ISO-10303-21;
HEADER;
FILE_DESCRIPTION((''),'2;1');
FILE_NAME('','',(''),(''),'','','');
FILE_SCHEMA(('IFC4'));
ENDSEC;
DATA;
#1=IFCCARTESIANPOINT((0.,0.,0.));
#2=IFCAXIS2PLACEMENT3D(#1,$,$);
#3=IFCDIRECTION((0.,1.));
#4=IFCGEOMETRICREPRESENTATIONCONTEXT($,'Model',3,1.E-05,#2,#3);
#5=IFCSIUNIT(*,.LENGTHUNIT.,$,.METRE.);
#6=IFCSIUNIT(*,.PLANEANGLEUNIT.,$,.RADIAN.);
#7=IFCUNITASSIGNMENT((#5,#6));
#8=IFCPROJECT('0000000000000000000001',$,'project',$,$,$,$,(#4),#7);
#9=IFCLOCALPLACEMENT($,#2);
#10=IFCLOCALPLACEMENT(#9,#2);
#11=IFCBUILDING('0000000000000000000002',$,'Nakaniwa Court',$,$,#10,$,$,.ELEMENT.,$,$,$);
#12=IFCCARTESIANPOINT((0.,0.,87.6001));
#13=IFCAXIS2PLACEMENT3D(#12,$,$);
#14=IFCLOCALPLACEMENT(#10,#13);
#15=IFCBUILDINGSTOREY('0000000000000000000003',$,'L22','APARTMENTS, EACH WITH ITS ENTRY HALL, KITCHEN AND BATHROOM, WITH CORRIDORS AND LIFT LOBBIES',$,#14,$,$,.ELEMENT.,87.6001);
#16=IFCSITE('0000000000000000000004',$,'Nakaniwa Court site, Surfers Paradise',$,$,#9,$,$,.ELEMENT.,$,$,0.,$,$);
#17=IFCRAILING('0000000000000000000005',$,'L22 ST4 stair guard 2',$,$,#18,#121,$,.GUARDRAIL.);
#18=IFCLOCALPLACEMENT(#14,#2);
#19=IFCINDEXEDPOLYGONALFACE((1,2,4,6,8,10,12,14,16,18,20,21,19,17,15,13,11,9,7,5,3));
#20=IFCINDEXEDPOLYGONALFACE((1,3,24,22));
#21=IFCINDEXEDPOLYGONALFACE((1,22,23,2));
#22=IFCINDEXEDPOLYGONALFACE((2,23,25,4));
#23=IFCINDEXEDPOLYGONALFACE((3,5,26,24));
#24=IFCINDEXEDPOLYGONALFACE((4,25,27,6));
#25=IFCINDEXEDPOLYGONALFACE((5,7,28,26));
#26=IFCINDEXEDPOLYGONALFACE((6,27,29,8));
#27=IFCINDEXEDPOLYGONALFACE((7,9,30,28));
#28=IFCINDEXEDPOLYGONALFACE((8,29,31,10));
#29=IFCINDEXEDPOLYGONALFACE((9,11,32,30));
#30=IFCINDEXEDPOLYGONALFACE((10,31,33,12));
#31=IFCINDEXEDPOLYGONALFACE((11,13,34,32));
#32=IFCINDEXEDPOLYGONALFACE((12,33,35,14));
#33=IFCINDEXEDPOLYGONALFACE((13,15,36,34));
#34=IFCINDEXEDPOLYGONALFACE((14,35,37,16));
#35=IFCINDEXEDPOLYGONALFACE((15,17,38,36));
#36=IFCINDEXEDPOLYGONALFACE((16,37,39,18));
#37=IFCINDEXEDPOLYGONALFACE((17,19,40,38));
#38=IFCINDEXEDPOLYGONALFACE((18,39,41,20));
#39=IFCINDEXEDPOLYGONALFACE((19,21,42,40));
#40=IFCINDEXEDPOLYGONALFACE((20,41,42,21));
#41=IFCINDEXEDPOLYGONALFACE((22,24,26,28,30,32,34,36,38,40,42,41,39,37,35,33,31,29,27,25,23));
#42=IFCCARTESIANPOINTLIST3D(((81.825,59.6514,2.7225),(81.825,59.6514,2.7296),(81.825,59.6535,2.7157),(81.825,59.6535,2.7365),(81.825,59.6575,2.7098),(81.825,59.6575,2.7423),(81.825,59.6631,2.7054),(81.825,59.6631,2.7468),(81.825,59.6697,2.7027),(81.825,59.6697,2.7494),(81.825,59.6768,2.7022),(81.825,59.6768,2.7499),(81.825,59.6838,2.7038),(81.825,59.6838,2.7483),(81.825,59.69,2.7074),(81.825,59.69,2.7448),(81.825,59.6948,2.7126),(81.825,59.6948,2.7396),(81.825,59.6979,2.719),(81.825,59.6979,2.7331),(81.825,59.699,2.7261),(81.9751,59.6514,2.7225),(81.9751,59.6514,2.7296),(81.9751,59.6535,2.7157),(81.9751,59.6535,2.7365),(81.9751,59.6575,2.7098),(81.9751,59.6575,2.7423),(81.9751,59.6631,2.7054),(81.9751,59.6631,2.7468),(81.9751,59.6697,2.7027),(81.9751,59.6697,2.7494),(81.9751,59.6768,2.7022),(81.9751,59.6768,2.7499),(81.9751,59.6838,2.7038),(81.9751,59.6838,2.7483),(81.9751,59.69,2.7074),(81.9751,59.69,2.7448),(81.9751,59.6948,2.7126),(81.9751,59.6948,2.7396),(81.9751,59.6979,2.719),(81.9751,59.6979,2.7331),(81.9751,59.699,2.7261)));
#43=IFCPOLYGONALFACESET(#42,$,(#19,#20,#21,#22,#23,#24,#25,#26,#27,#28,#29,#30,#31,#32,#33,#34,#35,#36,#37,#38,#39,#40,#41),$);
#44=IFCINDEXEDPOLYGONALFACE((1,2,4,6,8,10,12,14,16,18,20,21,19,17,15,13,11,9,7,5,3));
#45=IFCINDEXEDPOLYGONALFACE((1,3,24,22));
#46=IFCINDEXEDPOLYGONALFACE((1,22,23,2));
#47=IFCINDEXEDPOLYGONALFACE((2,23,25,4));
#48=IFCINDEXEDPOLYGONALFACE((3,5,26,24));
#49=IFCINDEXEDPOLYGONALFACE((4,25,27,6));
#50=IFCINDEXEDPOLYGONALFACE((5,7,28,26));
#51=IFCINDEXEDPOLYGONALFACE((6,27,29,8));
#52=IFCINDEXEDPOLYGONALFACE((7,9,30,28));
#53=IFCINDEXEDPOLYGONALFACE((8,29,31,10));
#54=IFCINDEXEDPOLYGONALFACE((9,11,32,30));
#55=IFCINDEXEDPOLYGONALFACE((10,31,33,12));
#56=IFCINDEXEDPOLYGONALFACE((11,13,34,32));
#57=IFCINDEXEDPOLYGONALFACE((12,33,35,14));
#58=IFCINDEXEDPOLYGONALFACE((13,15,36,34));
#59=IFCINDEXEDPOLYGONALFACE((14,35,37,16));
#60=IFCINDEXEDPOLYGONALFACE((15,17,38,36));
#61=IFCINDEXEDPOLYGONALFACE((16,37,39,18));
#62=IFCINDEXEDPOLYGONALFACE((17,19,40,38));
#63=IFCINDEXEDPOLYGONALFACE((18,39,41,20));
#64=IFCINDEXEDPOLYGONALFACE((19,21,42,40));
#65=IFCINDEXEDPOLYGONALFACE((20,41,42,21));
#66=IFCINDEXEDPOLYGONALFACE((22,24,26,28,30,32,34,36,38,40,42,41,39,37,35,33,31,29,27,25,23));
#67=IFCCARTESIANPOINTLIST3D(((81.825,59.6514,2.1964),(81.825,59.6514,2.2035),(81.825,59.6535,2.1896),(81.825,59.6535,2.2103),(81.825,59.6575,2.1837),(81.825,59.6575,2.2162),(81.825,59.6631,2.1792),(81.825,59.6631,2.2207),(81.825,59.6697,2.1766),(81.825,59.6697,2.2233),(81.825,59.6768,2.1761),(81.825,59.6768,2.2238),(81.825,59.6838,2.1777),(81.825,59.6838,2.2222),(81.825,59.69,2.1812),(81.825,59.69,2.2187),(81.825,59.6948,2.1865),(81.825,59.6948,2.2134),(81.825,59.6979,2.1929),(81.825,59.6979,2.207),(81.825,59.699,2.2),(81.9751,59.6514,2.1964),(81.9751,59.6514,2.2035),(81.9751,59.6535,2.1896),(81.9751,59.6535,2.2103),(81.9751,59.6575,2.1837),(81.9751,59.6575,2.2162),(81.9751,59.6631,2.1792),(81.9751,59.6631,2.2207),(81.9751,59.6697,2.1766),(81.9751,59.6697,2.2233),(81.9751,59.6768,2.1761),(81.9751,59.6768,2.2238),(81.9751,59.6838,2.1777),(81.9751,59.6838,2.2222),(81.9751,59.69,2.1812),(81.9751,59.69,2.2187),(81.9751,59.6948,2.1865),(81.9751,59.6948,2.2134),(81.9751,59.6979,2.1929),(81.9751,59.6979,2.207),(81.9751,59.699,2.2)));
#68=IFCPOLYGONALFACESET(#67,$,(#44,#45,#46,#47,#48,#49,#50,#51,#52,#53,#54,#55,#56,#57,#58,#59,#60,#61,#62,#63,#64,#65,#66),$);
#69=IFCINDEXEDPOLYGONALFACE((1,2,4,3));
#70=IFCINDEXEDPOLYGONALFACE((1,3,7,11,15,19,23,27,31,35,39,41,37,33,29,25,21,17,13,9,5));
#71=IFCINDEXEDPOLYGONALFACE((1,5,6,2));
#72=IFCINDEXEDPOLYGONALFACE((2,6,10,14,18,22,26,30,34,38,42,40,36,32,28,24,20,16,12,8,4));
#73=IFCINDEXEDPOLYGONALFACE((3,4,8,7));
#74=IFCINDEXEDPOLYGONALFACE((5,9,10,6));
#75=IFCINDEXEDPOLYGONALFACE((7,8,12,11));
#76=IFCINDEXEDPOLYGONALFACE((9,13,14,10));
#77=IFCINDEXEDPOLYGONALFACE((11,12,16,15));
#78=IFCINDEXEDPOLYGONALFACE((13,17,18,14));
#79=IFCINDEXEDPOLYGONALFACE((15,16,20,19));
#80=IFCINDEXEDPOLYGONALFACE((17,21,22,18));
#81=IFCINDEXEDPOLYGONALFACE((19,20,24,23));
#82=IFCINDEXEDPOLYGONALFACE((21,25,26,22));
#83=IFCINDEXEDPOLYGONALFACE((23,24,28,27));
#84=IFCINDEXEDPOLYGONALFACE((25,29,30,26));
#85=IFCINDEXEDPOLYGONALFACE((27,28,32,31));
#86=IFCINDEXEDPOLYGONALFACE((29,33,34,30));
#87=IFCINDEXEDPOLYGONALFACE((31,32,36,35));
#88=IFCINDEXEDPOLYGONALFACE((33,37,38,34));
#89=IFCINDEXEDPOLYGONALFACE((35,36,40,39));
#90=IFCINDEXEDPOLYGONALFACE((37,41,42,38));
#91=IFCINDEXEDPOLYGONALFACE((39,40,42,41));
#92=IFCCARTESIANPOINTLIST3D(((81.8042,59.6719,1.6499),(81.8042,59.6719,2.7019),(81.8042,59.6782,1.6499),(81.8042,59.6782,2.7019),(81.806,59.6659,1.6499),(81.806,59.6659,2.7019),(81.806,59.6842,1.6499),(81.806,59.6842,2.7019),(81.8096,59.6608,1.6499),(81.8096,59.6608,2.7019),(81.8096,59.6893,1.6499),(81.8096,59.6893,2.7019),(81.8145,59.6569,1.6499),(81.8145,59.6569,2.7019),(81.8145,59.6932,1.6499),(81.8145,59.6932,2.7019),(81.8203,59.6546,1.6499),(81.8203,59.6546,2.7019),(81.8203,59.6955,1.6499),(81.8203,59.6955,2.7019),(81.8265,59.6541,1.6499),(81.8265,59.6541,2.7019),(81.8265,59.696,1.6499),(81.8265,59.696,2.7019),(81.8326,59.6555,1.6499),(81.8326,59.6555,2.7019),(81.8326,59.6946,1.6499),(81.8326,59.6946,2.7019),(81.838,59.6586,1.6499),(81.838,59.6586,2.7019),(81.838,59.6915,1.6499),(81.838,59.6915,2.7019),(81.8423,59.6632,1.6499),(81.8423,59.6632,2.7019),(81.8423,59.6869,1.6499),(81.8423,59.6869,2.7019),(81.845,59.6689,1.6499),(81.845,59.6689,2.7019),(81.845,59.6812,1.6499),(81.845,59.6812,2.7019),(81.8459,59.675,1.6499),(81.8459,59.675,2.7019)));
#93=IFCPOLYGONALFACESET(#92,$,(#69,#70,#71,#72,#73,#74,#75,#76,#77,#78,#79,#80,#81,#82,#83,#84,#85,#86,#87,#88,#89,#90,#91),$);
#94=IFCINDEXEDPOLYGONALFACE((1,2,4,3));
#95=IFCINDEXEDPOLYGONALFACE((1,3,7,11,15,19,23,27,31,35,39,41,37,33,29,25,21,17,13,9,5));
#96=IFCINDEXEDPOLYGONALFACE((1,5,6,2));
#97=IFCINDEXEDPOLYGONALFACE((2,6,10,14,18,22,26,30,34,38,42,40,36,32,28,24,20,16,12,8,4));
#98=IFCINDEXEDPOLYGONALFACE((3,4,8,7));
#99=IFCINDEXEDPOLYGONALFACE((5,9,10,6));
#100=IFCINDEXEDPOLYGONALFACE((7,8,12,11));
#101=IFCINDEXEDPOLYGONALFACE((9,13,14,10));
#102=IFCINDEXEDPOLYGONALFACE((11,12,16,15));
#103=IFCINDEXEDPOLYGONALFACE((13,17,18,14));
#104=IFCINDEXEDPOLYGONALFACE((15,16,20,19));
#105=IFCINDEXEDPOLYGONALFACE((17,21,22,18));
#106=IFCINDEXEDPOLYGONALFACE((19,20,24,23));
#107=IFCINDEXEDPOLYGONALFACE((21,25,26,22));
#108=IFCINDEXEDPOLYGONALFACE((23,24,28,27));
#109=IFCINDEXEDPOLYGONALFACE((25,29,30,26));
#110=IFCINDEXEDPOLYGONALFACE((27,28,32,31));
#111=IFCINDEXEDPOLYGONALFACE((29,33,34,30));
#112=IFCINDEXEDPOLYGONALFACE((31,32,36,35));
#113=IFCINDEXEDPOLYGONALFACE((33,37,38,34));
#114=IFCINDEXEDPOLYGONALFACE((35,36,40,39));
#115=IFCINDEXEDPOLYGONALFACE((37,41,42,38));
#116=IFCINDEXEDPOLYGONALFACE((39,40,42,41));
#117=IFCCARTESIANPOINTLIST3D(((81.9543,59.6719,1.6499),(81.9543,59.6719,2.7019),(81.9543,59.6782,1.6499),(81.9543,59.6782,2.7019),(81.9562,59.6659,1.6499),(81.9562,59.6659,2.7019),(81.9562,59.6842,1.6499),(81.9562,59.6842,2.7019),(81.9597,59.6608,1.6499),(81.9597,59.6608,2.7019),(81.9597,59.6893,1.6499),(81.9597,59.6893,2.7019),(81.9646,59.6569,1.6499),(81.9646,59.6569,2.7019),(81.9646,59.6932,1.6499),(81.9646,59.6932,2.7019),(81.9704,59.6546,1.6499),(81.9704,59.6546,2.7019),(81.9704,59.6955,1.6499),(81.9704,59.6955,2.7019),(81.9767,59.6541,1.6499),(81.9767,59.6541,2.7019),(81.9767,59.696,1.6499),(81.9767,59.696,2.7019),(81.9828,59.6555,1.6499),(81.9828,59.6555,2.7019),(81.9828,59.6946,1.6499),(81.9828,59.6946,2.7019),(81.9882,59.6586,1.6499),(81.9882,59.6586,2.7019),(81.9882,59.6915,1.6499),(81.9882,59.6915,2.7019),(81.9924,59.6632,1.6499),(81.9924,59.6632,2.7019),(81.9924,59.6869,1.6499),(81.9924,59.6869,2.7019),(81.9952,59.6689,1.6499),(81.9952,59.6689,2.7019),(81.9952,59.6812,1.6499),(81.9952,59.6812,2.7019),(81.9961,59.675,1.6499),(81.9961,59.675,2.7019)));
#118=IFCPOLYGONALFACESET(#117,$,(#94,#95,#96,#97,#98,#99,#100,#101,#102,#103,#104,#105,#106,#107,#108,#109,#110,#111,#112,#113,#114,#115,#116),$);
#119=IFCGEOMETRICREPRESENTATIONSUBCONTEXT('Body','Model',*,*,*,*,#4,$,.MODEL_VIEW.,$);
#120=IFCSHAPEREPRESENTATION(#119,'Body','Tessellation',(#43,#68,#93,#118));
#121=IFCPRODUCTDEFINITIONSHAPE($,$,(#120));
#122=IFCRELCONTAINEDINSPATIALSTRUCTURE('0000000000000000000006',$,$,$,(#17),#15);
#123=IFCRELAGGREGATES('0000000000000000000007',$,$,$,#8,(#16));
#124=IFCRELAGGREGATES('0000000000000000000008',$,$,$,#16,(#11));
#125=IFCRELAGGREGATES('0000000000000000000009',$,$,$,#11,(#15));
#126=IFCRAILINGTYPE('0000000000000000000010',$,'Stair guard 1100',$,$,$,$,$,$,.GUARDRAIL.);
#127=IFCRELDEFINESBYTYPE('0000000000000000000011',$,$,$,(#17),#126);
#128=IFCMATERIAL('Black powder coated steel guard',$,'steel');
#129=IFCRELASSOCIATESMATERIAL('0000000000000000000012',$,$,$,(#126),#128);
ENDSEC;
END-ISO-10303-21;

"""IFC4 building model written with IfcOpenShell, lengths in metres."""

from ifc_helpers import new_model, si_unit, direction, frame, origin, origin_2d, place, context, subcontext, project, spatial, circle, extrude, material, type_object, element, save


model = new_model("IFC4")

# Units and contexts
model_context = context("Model", 3, precision=1e-05, world=origin(), true_north=direction((0.0, 1.0)))
body_context = subcontext(model_context, "Body", "Model", "MODEL_VIEW")
ifc_project = project(units=[si_unit("LENGTHUNIT", "METRE"), si_unit("PLANEANGLEUNIT", "RADIAN")], contexts=[model_context])

# Site, building, storey
site_placement = place(None, origin())
site = spatial("IfcSite", under=ifc_project, at=site_placement, Name="Nakaniwa Court site, Surfers Paradise", CompositionType="ELEMENT", RefElevation=0.0)
building_placement = place(site_placement, origin())
building = spatial("IfcBuilding", under=site, at=building_placement, Name="Nakaniwa Court", CompositionType="ELEMENT")
storey_placement = place(building_placement, frame((0.0, 0.0, 87.6001)))
storey = spatial("IfcBuildingStorey", under=building, at=storey_placement, Name="L22", Description="APARTMENTS, EACH WITH ITS ENTRY HALL, KITCHEN AND BATHROOM, WITH CORRIDORS AND LIFT LOBBIES", CompositionType="ELEMENT", Elevation=87.6001)

# Railing
ifc_material_1 = material(Name="Black powder coated steel guard", Category="steel")
railing_type_1 = type_object("IfcRailingType", Name="Stair guard 1100", PredefinedType="GUARDRAIL", material=ifc_material_1)
railing_1_placement = place(storey_placement, frame((81.825, 59.675, 1.6499)))
element("IfcRailing", 1, at=railing_1_placement, inside=storey, type_object=railing_type_1, Name="L22 ST4 stair guard 2", PredefinedType="GUARDRAIL", context=body_context, shape_type="SweptSolid", body=[
    extrude(circle(Radius=0.0239, at=origin_2d()), frame((0.0, 0.0, 1.0762), z_axis=(1.0, 0.0, 0.0), x_axis=(0.0, 1.0, 0.0)), (0.0, 0.0, 1.0), 0.1501),
    extrude(circle(Radius=0.0239, at=origin_2d()), frame((0.0, 0.0, 0.55), z_axis=(1.0, 0.0, 0.0), x_axis=(0.0, 1.0, 0.0)), (0.0, 0.0, 1.0), 0.1501),
    extrude(circle(Radius=0.021, at=origin_2d()), origin(), (0.0, 0.0, 1.0), 1.052),
    extrude(circle(Radius=0.021, at=origin_2d()), frame((0.1501, 0.0, 0.0)), (0.0, 0.0, 1.0), 1.052),
])

save(model, "model.ifc")
